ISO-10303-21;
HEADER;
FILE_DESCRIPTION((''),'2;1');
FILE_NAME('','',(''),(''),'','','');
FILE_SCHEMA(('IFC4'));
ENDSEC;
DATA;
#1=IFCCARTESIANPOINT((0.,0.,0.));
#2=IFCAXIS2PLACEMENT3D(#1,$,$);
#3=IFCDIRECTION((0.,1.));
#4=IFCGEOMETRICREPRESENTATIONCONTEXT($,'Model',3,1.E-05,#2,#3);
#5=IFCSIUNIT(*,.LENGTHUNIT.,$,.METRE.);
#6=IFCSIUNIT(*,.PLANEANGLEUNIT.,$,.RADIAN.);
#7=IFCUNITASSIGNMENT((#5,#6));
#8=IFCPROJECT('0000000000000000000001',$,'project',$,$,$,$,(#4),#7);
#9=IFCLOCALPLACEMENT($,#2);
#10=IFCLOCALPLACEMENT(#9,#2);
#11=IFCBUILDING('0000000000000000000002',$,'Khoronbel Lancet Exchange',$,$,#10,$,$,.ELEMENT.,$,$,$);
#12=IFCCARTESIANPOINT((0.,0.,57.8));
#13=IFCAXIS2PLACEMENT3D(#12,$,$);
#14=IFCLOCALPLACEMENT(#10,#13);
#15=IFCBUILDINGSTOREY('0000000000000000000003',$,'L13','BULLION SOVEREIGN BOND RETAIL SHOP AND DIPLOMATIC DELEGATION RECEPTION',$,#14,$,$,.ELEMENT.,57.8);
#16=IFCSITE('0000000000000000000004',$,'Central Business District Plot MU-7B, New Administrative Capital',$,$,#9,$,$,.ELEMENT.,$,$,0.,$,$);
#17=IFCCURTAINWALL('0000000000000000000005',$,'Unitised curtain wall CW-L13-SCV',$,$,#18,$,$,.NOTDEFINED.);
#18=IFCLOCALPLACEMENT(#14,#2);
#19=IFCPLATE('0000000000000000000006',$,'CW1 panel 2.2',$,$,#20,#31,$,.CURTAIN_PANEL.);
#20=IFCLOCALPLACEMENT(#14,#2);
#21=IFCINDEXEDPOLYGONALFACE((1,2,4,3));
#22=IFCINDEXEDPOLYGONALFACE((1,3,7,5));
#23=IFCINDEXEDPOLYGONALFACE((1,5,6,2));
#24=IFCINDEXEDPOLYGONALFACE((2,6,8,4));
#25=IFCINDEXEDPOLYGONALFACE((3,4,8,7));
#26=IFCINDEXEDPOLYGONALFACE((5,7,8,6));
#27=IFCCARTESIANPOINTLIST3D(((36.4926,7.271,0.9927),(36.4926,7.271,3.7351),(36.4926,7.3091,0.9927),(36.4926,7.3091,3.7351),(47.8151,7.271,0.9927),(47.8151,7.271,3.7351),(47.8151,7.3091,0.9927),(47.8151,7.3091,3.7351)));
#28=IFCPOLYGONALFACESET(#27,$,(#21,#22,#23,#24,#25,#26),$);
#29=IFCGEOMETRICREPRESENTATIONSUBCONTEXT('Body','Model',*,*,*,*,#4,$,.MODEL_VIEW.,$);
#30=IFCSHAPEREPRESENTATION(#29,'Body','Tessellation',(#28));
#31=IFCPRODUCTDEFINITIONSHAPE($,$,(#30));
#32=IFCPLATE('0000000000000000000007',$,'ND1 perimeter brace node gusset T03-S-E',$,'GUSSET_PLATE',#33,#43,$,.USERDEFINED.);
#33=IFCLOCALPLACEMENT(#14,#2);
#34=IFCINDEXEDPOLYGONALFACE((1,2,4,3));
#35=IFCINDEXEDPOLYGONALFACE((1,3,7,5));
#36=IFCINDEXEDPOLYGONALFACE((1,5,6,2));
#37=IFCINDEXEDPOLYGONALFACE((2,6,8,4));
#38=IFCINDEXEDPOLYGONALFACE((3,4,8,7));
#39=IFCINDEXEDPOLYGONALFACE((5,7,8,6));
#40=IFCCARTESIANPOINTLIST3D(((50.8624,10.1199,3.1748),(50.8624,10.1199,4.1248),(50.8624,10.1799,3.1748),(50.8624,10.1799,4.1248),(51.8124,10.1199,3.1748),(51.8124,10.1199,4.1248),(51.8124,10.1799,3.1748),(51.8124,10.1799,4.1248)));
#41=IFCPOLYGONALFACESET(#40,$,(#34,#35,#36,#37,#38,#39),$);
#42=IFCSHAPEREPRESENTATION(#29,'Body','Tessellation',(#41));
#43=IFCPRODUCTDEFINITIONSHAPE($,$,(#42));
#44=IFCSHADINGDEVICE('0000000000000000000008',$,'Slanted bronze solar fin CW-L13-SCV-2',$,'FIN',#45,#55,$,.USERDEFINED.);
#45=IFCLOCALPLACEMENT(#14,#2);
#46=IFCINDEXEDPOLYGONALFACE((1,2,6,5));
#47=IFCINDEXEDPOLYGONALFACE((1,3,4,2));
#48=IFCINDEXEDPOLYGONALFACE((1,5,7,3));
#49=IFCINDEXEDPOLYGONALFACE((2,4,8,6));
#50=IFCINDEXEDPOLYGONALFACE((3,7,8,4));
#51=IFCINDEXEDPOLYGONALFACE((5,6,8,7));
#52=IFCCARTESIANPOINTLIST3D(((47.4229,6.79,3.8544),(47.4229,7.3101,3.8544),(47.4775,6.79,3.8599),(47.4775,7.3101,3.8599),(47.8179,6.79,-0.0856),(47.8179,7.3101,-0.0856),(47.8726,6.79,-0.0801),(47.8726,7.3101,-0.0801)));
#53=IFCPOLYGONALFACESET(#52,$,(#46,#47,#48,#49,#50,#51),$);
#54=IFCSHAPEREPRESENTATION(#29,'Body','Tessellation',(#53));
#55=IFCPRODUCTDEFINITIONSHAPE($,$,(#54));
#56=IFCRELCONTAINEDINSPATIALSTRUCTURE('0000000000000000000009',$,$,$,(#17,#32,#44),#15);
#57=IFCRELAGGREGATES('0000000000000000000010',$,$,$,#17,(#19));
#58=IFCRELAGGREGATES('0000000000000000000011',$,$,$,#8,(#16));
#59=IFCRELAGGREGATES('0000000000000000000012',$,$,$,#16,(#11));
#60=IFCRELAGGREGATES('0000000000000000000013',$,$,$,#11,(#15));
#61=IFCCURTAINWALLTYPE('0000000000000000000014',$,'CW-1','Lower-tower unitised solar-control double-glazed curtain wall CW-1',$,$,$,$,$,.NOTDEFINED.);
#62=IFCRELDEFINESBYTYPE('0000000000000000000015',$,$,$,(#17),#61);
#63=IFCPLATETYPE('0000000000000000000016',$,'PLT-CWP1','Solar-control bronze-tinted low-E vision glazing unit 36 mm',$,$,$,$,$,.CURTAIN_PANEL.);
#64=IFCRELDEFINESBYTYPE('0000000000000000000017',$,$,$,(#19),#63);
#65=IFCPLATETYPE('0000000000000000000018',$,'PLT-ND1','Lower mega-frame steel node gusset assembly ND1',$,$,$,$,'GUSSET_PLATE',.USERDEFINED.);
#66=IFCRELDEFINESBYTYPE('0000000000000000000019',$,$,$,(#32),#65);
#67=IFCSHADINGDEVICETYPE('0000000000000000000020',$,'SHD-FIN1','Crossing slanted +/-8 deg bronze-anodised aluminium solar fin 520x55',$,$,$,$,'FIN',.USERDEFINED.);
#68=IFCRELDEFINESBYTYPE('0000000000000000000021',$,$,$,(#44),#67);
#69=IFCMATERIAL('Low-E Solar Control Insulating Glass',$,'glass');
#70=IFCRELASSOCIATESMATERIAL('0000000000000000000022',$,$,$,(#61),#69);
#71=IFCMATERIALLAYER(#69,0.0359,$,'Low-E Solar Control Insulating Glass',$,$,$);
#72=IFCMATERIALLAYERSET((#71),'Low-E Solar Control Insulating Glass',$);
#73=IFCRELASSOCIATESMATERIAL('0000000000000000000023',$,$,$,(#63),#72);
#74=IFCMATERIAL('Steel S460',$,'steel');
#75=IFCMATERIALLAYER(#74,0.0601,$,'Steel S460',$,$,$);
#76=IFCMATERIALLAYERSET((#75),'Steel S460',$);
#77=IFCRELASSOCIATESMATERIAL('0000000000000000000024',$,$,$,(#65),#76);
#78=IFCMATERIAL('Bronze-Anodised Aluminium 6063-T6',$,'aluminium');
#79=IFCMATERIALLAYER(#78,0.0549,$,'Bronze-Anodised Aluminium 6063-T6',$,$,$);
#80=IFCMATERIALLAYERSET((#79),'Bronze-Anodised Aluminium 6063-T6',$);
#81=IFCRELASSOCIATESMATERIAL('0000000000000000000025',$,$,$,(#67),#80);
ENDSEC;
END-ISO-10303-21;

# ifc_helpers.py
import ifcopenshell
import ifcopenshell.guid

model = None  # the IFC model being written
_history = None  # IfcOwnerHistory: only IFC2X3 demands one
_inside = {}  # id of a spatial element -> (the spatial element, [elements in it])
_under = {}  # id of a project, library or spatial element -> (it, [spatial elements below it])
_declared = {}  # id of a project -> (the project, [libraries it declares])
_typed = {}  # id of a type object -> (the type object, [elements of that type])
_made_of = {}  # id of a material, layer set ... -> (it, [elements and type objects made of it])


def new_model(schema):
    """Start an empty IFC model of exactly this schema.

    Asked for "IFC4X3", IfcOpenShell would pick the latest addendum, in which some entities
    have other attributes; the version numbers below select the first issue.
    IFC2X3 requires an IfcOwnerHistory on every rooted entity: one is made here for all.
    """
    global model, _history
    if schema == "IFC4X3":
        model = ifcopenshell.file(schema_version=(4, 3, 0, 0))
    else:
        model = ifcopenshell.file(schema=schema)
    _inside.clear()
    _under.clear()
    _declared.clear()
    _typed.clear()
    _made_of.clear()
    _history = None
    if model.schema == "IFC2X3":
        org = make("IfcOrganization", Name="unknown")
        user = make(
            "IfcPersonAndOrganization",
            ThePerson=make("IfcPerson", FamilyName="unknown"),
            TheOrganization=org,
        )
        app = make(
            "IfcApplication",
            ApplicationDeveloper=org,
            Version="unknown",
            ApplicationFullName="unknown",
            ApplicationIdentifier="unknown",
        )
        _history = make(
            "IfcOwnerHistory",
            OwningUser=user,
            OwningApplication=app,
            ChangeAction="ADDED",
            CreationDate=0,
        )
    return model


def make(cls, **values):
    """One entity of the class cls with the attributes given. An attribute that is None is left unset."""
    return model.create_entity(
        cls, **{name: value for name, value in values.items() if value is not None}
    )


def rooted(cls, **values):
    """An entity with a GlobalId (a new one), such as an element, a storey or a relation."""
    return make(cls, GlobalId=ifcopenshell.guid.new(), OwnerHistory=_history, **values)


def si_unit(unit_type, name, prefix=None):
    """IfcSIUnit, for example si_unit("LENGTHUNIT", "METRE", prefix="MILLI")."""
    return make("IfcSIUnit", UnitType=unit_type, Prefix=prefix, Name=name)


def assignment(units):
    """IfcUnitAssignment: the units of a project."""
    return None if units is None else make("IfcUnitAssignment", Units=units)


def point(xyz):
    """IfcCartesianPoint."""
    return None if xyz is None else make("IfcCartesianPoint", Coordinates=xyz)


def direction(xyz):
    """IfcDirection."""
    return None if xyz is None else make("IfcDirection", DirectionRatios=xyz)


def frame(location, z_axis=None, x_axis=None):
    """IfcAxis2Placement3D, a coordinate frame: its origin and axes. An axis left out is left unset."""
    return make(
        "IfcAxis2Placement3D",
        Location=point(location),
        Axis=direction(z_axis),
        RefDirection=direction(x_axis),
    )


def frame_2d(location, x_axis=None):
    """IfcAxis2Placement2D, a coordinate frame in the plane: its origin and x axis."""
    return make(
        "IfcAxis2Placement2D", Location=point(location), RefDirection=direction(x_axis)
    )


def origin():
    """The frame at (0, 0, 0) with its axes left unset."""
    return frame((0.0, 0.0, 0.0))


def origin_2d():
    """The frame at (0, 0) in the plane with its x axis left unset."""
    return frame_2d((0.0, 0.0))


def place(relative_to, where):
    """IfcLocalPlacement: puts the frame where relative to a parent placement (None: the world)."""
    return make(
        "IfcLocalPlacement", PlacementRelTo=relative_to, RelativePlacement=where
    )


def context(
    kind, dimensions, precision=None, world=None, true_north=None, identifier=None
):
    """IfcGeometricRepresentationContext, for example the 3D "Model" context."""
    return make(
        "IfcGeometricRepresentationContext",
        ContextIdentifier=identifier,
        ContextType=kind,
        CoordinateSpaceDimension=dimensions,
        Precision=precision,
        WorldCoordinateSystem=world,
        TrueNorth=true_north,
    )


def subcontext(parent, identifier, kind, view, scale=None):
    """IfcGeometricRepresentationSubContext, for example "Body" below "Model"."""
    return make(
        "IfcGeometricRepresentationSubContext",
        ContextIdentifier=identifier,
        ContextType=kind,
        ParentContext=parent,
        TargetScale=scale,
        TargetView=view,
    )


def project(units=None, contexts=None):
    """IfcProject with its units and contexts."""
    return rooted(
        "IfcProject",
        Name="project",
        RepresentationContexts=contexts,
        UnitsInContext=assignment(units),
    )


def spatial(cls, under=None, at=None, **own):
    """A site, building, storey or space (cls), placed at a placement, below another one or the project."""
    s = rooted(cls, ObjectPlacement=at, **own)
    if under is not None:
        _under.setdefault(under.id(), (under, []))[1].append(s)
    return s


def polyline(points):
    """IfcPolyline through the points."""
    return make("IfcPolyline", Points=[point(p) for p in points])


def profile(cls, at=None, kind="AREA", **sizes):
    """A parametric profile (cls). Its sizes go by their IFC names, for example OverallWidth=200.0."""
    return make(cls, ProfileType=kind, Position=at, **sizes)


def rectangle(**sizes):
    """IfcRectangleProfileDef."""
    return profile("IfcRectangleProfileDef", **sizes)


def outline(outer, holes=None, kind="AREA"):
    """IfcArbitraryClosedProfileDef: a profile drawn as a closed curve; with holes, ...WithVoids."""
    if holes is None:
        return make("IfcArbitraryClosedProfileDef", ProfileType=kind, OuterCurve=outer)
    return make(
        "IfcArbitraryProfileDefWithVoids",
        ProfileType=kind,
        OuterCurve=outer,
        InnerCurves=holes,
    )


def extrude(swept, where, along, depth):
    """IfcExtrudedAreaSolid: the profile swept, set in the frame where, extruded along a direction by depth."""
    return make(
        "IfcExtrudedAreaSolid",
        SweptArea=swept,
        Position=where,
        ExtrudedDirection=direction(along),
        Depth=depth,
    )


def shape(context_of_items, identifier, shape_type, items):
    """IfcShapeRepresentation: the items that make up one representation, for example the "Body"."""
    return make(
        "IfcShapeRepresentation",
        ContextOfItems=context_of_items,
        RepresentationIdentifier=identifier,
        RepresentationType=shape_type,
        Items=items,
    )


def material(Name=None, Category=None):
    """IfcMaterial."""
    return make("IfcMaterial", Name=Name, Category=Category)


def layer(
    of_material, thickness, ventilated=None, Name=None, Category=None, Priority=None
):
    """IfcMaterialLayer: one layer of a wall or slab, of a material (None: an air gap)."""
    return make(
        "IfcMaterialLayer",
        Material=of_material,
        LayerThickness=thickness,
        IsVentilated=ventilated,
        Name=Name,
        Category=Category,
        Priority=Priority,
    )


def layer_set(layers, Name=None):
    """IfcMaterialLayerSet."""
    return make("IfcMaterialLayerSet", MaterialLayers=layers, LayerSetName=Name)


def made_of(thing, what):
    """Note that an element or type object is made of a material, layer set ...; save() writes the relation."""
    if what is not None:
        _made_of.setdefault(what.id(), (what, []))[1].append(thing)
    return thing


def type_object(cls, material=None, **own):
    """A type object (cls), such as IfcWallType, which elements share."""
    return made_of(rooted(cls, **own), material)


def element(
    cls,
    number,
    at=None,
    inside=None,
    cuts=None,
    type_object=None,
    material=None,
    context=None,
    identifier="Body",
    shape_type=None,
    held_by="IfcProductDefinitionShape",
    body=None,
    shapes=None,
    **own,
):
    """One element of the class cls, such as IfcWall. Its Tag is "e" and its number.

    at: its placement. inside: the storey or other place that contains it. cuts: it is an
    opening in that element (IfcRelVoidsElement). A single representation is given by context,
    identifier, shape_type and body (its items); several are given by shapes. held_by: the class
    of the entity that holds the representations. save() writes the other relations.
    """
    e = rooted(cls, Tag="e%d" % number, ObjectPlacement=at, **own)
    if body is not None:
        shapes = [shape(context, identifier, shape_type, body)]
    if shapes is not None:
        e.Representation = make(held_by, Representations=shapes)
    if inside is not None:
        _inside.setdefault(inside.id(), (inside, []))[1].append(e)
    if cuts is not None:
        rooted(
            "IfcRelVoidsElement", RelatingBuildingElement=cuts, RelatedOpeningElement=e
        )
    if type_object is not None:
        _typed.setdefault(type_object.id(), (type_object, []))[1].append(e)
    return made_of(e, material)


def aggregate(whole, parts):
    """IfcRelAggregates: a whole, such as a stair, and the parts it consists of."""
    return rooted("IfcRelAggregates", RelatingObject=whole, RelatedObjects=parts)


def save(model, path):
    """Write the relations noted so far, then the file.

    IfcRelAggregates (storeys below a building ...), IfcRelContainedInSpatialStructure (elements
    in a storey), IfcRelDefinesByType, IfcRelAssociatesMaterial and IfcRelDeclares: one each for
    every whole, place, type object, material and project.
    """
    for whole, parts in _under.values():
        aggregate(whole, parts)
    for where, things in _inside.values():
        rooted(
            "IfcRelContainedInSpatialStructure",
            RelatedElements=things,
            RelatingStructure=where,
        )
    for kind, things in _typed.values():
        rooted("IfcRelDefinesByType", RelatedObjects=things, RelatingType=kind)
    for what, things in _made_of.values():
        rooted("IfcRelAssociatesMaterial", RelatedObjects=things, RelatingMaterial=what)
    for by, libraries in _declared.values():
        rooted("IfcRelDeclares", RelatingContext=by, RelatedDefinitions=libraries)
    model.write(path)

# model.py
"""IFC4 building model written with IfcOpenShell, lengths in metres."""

from ifc_helpers import new_model, si_unit, direction, frame, origin, origin_2d, place, context, subcontext, project, spatial, polyline, rectangle, outline, extrude, material, layer, layer_set, type_object, element, aggregate, save


model = new_model("IFC4")

# Units and contexts
model_context = context("Model", 3, precision=1e-05, world=origin(), true_north=direction((0.0, 1.0)))
body_context = subcontext(model_context, "Body", "Model", "MODEL_VIEW")
ifc_project = project(units=[si_unit("LENGTHUNIT", "METRE"), si_unit("PLANEANGLEUNIT", "RADIAN")], contexts=[model_context])

# Site, building, storey
site_placement = place(None, origin())
site = spatial("IfcSite", under=ifc_project, at=site_placement, Name="Central Business District Plot MU-7B, New Administrative Capital", CompositionType="ELEMENT", RefElevation=0.0)
building_placement = place(site_placement, origin())
building = spatial("IfcBuilding", under=site, at=building_placement, Name="Khoronbel Lancet Exchange", CompositionType="ELEMENT")
storey_placement = place(building_placement, frame((0.0, 0.0, 57.8)))
storey = spatial("IfcBuildingStorey", under=building, at=storey_placement, Name="L13", Description="BULLION SOVEREIGN BOND RETAIL SHOP AND DIPLOMATIC DELEGATION RECEPTION", CompositionType="ELEMENT", Elevation=57.8)

# Shared definitions
ifc_material_1 = material(Name="Steel S460", Category="steel")

# Curtain wall
ifc_material_2 = material(Name="Low-E Solar Control Insulating Glass", Category="glass")
curtain_wall_type = type_object("IfcCurtainWallType", Name="CW-1", Description="Lower-tower unitised solar-control double-glazed curtain wall CW-1", PredefinedType="NOTDEFINED", material=ifc_material_2)
curtain_wall_1_placement = place(storey_placement, origin())
curtain_wall_1 = element("IfcCurtainWall", 1, at=curtain_wall_1_placement, inside=storey, type_object=curtain_wall_type, Name="Unitised curtain wall CW-L13-SCV", PredefinedType="NOTDEFINED")
ifc_material_3 = material(Name="Bronze-Anodised Aluminium 6063-T6", Category="aluminium")

# Plates
ifc_layer_1 = layer(ifc_material_2, 0.0359, Name="Low-E Solar Control Insulating Glass")
ifc_layer_set_1 = layer_set([ifc_layer_1], Name="Low-E Solar Control Insulating Glass")
plate_type_1 = type_object("IfcPlateType", Name="PLT-CWP1", Description="Solar-control bronze-tinted low-E vision glazing unit 36 mm", PredefinedType="CURTAIN_PANEL", material=ifc_layer_set_1)
plate_1_placement = place(storey_placement, frame((42.1538, 7.29, 0.9927), z_axis=(0.0, 0.0, 1.0), x_axis=(1.0, 0.0, 0.0)))
plate_1 = element("IfcPlate", 2, at=plate_1_placement, type_object=plate_type_1, Name="CW1 panel 2.2", PredefinedType="CURTAIN_PANEL", context=body_context, shape_type="SweptSolid", body=[
    extrude(rectangle(XDim=11.3225, YDim=0.0381, at=origin_2d()), origin(), (0.0, 0.0, 1.0), 2.7424),
])
aggregate(curtain_wall_1, [plate_1])
ifc_layer_2 = layer(ifc_material_1, 0.0601, Name="Steel S460")
ifc_layer_set_2 = layer_set([ifc_layer_2], Name="Steel S460")
plate_type_2 = type_object("IfcPlateType", Name="PLT-ND1", Description="Lower mega-frame steel node gusset assembly ND1", ElementType="GUSSET_PLATE", PredefinedType="USERDEFINED", material=ifc_layer_set_2)
plate_2_placement = place(storey_placement, frame((51.3374, 10.1499, 3.1748), z_axis=(0.0, 0.0, 1.0), x_axis=(1.0, 0.0, 0.0)))
element("IfcPlate", 3, at=plate_2_placement, inside=storey, type_object=plate_type_2, Name="ND1 perimeter brace node gusset T03-S-E", ObjectType="GUSSET_PLATE", PredefinedType="USERDEFINED", context=body_context, shape_type="SweptSolid", body=[
    extrude(rectangle(XDim=0.95, YDim=0.0601, at=origin_2d()), origin(), (0.0, 0.0, 1.0), 0.95),
])

# Shading device
ifc_layer_3 = layer(ifc_material_3, 0.0549, Name="Bronze-Anodised Aluminium 6063-T6")
ifc_layer_set_3 = layer_set([ifc_layer_3], Name="Bronze-Anodised Aluminium 6063-T6")
shading_device_type = type_object("IfcShadingDeviceType", Name="SHD-FIN1", Description="Crossing slanted +/-8 deg bronze-anodised aluminium solar fin 520x55", ElementType="FIN", PredefinedType="USERDEFINED", material=ifc_layer_set_3)
shading_device_placement = place(storey_placement, frame((47.8726, 7.3101, -0.0801), z_axis=(0.995012, 0.0, 0.09976), x_axis=(0.0, -1.0, 0.0)))
element("IfcShadingDevice", 4, at=shading_device_placement, inside=storey, type_object=shading_device_type, Name="Slanted bronze solar fin CW-L13-SCV-2", ObjectType="FIN", PredefinedType="USERDEFINED", context=body_context, shape_type="SweptSolid", body=[
    extrude(outline(polyline([(0.0, 0.0), (0.52, 0.0), (0.52, -3.9597), (0.0, -3.9597), (0.0, 0.0)])), origin(), (0.0, 0.0, -1.0), 0.0549),
])

save(model, "model.ifc")
